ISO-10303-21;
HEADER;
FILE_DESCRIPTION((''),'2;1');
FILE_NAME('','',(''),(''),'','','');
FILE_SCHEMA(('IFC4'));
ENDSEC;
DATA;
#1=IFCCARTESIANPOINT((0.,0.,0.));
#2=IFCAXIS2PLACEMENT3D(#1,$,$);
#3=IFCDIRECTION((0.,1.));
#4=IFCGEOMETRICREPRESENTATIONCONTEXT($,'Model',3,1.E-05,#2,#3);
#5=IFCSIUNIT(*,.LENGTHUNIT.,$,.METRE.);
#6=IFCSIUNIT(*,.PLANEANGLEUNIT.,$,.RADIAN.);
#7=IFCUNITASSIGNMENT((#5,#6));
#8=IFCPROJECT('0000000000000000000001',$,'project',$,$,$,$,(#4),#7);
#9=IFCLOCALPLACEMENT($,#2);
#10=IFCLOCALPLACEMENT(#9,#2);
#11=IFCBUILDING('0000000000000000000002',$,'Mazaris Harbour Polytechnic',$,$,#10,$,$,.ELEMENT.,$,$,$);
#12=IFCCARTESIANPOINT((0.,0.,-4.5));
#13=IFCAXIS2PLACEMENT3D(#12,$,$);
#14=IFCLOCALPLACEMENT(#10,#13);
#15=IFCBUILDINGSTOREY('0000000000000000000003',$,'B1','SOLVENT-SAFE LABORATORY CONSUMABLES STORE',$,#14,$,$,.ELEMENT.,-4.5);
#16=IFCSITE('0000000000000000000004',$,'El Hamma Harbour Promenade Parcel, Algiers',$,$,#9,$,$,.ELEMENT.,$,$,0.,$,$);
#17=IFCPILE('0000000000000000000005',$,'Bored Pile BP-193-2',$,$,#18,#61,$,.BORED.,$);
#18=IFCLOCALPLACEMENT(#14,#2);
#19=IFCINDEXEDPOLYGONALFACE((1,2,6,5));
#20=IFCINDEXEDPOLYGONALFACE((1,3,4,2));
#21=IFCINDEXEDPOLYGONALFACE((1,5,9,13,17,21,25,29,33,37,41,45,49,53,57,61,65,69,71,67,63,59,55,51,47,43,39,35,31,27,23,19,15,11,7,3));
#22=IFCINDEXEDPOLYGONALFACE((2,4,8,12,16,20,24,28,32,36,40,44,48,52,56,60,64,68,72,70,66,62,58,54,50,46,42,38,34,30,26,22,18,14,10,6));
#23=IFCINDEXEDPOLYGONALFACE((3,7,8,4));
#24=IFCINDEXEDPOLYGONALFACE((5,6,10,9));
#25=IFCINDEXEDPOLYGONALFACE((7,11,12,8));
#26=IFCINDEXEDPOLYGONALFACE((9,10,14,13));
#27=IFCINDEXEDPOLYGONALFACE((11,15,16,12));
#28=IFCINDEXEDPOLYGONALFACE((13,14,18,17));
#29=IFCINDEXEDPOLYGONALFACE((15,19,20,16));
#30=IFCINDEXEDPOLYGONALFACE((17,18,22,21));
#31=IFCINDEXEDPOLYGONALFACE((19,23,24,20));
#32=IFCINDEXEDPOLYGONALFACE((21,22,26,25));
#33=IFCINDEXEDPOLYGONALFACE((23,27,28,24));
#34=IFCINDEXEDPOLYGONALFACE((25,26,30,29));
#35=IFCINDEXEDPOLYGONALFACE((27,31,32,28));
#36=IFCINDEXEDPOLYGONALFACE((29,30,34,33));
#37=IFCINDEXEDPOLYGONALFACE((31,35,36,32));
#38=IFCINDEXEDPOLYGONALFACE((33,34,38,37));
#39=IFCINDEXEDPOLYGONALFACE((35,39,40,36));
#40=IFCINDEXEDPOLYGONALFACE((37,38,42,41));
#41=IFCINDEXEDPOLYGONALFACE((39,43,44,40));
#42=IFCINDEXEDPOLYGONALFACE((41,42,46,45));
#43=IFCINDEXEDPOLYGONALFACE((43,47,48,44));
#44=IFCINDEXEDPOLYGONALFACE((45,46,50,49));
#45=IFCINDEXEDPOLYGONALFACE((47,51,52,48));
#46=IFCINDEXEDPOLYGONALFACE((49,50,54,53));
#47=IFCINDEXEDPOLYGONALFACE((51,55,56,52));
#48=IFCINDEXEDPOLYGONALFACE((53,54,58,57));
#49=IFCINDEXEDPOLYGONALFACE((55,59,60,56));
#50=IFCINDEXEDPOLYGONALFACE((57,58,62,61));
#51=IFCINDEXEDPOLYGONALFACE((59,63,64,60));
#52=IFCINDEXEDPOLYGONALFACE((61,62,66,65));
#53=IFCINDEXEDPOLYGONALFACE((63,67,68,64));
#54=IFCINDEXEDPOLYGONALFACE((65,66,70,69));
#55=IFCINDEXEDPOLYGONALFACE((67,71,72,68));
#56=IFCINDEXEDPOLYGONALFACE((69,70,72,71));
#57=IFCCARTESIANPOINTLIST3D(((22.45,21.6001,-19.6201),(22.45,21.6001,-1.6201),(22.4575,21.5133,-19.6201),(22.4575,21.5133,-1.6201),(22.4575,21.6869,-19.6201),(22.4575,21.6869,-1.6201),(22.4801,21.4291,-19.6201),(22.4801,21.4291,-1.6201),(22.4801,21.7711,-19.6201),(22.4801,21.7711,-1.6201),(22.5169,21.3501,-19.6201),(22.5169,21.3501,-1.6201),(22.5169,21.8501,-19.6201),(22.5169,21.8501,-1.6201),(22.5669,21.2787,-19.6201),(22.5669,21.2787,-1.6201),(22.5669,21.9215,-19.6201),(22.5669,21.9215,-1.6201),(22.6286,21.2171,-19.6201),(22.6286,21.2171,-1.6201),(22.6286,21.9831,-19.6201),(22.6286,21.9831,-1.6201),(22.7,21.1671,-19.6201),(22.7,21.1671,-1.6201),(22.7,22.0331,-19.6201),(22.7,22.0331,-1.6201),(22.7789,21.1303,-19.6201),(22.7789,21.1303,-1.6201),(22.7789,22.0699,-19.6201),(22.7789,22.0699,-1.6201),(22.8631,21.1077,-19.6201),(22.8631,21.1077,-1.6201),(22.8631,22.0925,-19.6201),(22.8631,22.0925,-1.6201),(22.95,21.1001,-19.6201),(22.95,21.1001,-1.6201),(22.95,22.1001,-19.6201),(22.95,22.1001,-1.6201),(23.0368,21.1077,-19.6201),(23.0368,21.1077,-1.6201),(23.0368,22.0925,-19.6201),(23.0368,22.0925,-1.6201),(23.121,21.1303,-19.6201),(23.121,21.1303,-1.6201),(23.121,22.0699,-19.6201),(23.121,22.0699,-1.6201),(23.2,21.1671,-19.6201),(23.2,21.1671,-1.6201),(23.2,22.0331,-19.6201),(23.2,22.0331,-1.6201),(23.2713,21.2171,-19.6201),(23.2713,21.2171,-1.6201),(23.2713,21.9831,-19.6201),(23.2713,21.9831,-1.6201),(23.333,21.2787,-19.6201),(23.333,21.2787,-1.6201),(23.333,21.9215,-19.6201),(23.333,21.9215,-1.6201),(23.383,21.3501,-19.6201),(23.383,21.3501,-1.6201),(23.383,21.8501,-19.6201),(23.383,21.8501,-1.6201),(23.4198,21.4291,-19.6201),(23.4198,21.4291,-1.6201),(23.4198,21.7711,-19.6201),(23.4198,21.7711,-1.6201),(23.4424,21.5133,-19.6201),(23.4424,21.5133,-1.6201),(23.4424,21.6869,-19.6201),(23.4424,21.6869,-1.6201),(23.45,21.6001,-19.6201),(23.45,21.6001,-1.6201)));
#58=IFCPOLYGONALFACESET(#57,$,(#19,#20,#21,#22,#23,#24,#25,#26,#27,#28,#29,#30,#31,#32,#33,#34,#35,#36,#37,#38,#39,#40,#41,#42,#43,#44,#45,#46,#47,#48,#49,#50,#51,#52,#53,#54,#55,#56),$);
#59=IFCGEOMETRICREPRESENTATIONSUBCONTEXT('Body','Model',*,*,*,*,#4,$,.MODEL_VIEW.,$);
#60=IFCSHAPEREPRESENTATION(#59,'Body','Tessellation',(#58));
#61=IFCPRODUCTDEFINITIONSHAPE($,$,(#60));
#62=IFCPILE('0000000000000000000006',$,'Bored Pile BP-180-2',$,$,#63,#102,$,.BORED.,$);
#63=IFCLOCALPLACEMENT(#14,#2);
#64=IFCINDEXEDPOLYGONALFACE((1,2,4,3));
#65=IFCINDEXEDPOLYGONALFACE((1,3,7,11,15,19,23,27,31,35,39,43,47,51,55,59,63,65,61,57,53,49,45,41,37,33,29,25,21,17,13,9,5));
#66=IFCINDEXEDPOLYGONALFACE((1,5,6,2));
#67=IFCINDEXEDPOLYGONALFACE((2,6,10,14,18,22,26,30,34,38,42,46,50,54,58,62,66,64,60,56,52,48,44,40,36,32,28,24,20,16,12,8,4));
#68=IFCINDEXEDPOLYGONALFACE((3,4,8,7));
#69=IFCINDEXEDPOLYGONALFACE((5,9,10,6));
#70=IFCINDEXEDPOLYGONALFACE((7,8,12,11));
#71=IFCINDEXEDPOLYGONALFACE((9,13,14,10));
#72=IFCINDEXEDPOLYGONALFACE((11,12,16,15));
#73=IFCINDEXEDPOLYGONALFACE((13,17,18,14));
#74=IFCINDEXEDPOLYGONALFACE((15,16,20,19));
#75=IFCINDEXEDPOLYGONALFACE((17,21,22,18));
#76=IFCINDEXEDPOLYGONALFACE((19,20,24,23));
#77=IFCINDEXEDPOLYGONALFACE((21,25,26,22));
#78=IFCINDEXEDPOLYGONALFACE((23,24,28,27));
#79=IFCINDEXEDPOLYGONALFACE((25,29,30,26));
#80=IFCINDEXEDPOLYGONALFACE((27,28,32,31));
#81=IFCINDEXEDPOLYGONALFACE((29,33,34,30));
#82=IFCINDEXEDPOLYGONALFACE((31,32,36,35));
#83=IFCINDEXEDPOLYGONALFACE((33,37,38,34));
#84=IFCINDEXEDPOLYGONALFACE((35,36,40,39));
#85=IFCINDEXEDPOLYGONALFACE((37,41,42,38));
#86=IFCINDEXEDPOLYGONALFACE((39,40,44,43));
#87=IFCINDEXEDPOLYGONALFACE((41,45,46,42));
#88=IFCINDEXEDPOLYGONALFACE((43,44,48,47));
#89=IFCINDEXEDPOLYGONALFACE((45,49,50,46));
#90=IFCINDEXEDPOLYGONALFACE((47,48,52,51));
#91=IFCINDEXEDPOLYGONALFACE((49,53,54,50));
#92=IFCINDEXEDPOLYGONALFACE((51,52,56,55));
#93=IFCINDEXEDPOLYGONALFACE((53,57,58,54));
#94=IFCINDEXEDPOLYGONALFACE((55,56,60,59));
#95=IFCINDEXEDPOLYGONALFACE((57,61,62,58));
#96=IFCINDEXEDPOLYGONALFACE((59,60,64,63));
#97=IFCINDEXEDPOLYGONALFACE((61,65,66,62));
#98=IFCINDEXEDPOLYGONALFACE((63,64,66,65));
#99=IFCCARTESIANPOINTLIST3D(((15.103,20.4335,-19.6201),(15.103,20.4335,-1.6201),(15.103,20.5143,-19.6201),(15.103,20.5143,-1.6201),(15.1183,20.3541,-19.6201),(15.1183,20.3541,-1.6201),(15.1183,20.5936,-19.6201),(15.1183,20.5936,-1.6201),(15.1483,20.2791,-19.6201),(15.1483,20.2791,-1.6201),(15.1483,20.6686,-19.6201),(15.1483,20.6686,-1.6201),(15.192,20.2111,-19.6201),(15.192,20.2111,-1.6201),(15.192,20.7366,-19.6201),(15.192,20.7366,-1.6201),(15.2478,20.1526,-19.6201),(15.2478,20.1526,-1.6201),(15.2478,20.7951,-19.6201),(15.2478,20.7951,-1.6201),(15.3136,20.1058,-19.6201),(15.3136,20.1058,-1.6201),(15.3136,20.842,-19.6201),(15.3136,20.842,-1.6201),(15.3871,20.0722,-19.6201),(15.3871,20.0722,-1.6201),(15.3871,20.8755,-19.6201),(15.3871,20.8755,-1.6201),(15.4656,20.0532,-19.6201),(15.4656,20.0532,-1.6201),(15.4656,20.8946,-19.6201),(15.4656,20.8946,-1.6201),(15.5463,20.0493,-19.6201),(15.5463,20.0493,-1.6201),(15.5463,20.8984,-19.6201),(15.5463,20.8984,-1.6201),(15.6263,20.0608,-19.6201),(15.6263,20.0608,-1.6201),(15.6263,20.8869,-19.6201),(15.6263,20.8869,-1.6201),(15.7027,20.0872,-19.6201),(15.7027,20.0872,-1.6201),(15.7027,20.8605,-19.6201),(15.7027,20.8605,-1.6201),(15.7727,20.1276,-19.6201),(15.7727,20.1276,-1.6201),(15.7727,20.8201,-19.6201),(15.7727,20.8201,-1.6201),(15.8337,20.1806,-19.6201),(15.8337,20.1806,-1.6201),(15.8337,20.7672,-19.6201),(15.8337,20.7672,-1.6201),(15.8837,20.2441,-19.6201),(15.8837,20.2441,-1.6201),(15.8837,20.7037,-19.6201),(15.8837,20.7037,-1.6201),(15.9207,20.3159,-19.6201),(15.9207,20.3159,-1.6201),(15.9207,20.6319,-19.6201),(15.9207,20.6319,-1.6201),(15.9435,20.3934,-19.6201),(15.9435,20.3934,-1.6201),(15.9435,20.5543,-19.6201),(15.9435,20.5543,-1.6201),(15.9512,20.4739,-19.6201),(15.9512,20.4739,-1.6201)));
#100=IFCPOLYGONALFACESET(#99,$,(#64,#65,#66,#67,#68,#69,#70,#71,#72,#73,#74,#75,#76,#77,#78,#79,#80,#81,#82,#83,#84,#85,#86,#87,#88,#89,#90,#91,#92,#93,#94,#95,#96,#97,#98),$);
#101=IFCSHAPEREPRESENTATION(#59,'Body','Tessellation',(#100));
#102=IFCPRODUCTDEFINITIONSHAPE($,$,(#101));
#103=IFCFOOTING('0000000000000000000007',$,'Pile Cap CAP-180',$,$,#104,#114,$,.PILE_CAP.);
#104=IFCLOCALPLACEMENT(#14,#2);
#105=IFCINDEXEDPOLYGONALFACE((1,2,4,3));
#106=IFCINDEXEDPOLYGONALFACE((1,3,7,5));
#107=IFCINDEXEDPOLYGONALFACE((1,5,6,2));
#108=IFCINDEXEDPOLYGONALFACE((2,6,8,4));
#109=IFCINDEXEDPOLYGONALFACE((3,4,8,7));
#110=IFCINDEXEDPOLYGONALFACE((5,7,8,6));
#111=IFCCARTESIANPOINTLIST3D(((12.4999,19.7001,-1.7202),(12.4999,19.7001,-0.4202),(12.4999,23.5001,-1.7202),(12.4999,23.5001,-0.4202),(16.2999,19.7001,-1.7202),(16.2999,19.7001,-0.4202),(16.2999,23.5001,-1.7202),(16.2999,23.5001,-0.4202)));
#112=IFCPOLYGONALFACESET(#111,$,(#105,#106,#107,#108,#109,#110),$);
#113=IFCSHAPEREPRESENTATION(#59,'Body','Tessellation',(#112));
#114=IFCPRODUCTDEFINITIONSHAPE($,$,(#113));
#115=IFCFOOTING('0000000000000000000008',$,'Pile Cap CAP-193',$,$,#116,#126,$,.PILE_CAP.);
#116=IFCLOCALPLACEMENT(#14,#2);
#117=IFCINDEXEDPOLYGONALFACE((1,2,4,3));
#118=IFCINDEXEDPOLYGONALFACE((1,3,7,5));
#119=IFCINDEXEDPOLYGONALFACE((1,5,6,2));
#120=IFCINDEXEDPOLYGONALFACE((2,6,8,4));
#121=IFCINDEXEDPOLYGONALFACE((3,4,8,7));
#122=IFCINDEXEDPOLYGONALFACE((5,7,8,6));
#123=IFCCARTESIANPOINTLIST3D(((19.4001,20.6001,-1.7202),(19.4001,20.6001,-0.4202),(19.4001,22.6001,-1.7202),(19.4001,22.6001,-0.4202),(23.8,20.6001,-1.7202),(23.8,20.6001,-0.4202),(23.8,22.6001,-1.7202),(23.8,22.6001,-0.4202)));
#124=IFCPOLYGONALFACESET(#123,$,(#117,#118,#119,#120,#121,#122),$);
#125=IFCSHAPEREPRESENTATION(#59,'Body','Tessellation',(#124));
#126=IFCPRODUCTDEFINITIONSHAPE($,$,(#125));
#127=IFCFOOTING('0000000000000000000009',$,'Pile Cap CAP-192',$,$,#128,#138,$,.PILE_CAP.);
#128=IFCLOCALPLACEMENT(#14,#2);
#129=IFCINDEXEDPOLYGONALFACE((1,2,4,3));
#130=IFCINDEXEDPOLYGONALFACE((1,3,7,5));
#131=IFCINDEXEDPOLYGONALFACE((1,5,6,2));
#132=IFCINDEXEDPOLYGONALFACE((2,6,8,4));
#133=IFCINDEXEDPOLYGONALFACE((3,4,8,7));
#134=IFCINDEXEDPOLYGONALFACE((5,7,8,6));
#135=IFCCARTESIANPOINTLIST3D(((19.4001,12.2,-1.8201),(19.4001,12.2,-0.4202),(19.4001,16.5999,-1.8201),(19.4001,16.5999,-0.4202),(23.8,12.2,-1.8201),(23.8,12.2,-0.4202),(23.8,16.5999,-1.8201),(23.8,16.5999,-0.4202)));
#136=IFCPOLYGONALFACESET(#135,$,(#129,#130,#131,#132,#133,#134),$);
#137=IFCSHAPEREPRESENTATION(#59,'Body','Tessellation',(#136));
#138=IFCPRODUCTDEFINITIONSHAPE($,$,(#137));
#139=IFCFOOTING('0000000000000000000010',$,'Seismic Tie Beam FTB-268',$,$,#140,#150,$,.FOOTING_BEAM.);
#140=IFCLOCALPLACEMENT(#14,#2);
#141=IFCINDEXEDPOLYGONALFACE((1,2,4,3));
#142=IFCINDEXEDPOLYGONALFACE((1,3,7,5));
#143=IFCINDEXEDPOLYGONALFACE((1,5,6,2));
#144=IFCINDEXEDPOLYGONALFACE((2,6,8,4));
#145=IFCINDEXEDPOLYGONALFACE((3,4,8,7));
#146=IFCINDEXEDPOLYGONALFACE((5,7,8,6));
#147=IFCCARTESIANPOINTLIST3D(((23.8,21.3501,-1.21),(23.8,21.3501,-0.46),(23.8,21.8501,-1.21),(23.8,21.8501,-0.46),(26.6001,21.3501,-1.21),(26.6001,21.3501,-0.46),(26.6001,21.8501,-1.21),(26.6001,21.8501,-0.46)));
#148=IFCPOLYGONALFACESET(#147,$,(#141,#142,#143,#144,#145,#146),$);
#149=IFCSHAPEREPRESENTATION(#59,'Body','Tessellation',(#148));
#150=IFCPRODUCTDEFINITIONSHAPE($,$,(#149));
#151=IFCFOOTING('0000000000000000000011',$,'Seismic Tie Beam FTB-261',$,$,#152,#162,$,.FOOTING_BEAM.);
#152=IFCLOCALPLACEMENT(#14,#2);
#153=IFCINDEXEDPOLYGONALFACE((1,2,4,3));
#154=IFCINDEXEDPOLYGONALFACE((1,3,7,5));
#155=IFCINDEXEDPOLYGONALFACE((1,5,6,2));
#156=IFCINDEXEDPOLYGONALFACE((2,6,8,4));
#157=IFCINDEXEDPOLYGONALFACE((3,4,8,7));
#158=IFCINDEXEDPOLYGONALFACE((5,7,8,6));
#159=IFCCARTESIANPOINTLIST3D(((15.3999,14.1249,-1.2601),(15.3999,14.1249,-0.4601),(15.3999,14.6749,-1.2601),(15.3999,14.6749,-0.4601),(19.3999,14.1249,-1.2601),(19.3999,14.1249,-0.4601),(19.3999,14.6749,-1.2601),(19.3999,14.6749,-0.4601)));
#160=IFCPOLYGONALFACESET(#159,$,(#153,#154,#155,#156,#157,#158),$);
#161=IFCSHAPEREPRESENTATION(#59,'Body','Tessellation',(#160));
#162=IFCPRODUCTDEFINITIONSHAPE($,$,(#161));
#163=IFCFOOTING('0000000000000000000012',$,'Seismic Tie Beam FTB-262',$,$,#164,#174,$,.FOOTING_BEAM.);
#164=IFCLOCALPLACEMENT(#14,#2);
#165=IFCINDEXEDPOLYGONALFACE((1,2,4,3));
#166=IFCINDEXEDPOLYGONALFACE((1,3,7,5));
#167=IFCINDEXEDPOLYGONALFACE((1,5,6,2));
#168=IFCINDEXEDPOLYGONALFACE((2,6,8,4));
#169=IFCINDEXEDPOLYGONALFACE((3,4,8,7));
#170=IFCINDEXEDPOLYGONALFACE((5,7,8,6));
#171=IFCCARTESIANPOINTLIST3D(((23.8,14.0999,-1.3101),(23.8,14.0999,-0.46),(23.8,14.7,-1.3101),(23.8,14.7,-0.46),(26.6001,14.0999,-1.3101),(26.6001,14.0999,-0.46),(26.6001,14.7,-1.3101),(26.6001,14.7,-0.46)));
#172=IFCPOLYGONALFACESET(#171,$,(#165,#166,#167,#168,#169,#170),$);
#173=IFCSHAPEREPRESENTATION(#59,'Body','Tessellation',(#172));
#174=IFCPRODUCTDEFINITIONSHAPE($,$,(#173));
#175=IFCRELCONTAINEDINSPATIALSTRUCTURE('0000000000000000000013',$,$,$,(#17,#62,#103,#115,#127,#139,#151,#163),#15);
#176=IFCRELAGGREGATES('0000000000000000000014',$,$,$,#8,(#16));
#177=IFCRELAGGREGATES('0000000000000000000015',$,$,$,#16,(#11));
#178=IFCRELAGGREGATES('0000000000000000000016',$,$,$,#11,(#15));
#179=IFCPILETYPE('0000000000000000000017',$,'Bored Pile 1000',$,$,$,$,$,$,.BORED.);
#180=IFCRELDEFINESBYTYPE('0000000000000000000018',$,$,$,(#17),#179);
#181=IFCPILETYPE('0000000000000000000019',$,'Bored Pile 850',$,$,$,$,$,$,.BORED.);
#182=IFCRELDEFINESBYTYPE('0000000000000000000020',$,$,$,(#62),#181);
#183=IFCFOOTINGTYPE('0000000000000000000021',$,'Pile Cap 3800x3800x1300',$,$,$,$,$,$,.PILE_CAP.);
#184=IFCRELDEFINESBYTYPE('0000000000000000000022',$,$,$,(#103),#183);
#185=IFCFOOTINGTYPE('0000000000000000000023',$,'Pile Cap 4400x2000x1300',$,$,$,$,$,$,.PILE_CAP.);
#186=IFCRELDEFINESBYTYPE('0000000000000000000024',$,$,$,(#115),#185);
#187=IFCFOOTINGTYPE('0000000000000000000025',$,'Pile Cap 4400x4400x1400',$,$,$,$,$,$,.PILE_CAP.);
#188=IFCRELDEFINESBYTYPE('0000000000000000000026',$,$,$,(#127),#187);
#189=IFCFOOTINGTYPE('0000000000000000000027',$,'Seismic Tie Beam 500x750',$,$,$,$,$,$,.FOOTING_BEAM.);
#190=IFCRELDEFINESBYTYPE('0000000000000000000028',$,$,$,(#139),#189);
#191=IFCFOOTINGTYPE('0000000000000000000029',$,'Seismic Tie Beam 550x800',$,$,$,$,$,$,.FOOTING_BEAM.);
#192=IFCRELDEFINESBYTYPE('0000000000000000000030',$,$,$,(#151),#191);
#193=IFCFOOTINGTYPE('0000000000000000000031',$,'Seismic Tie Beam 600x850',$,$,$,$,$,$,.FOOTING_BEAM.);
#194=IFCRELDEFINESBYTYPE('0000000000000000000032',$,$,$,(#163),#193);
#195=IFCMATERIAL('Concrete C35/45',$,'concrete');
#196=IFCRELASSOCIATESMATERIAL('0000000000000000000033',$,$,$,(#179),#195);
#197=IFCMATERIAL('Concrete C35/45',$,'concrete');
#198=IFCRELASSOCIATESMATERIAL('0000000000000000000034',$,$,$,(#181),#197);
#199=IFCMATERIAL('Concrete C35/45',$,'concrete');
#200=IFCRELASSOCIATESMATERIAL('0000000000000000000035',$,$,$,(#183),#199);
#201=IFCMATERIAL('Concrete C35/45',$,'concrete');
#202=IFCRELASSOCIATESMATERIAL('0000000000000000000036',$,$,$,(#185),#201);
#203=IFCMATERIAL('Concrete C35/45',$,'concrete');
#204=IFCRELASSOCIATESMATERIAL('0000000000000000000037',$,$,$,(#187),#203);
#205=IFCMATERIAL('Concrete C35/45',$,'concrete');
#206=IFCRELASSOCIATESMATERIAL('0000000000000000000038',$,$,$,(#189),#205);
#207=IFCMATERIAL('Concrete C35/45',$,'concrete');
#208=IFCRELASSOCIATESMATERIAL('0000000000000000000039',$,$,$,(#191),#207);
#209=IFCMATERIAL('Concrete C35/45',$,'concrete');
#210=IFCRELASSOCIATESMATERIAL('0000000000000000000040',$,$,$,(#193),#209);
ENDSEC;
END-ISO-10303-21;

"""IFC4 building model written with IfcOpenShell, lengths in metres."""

from ifc_helpers import new_model, si_unit, direction, frame, origin, origin_2d, place, context, subcontext, project, spatial, rectangle, circle, extrude, material, material_profile, profile_set, type_object, element, save


model = new_model("IFC4")

# Units and contexts
model_context = context("Model", 3, precision=1e-05, world=origin(), true_north=direction((0.0, 1.0)))
body_context = subcontext(model_context, "Body", "Model", "MODEL_VIEW")
ifc_project = project(units=[si_unit("LENGTHUNIT", "METRE"), si_unit("PLANEANGLEUNIT", "RADIAN")], contexts=[model_context])

# Site, building, storey
site_placement = place(None, origin())
site = spatial("IfcSite", under=ifc_project, at=site_placement, Name="El Hamma Harbour Promenade Parcel, Algiers", CompositionType="ELEMENT", RefElevation=0.0)
building_placement = place(site_placement, origin())
building = spatial("IfcBuilding", under=site, at=building_placement, Name="Mazaris Harbour Polytechnic", CompositionType="ELEMENT")
storey_placement = place(building_placement, frame((0.0, 0.0, -4.5)))
storey = spatial("IfcBuildingStorey", under=building, at=storey_placement, Name="B1", Description="SOLVENT-SAFE LABORATORY CONSUMABLES STORE", CompositionType="ELEMENT", Elevation=-4.5)

# Piles
ifc_material_1 = material(Name="Concrete C35/45", Category="concrete")
ifc_material_profile_1 = material_profile(ifc_material_1, circle(Radius=0.5, at=origin_2d()), Name="DIA1000")
ifc_profile_set_1 = profile_set([ifc_material_profile_1], Name="Concrete C35/45")
pile_type_1 = type_object("IfcPileType", Name="Bored Pile 1000", PredefinedType="BORED", material=ifc_profile_set_1)
for number, where, z_axis, x_axis, name in (
    (1, (22.95, 21.6001, -1.6201), (0.0, 0.0, -1.0), (1.0, 0.0, 0.0), "Bored Pile BP-193-2"),
):
    element("IfcPile", number, at=place(storey_placement, frame(where, z_axis=z_axis, x_axis=x_axis)), inside=storey, type_object=pile_type_1, Name=name, PredefinedType="BORED", context=body_context, shape_type="SweptSolid", body=[
        extrude(circle(Radius=0.5, at=origin_2d()), origin(), (0.0, 0.0, 1.0), 18.0),
    ])
ifc_material_2 = material(Name="Concrete C35/45", Category="concrete")
ifc_material_profile_2 = material_profile(ifc_material_2, circle(Radius=0.425, at=origin_2d()), Name="DIA850")
ifc_profile_set_2 = profile_set([ifc_material_profile_2], Name="Concrete C35/45")
pile_type_2 = type_object("IfcPileType", Name="Bored Pile 850", PredefinedType="BORED", material=ifc_profile_set_2)
pile_placement = place(storey_placement, frame((15.5261, 20.4739, -1.6201), z_axis=(0.0, 0.0, -1.0), x_axis=(1.0, 0.0, 0.0)))
element("IfcPile", 2, at=pile_placement, inside=storey, type_object=pile_type_2, Name="Bored Pile BP-180-2", PredefinedType="BORED", context=body_context, shape_type="SweptSolid", body=[
    extrude(circle(Radius=0.425, at=origin_2d()), origin(), (0.0, 0.0, 1.0), 18.0),
])

# Footings
ifc_material_3 = material(Name="Concrete C35/45", Category="concrete")
footing_type_1 = type_object("IfcFootingType", Name="Pile Cap 3800x3800x1300", PredefinedType="PILE_CAP", material=ifc_material_3)
footing_1_placement = place(storey_placement, frame((14.3999, 21.6001, -1.7202), z_axis=(0.0, 0.0, 1.0), x_axis=(1.0, 0.0, 0.0)))
element("IfcFooting", 3, at=footing_1_placement, inside=storey, type_object=footing_type_1, Name="Pile Cap CAP-180", PredefinedType="PILE_CAP", context=body_context, shape_type="SweptSolid", body=[
    extrude(rectangle(XDim=3.8, YDim=3.8, at=origin_2d()), origin(), (0.0, 0.0, 1.0), 1.3),
])
ifc_material_4 = material(Name="Concrete C35/45", Category="concrete")
footing_type_2 = type_object("IfcFootingType", Name="Pile Cap 4400x2000x1300", PredefinedType="PILE_CAP", material=ifc_material_4)
footing_2_placement = place(storey_placement, frame((21.6001, 21.6001, -1.7202), z_axis=(0.0, 0.0, 1.0), x_axis=(1.0, 0.0, 0.0)))
element("IfcFooting", 4, at=footing_2_placement, inside=storey, type_object=footing_type_2, Name="Pile Cap CAP-193", PredefinedType="PILE_CAP", context=body_context, shape_type="SweptSolid", body=[
    extrude(rectangle(XDim=4.3999, YDim=2.0, at=origin_2d()), origin(), (0.0, 0.0, 1.0), 1.3),
])
ifc_material_5 = material(Name="Concrete C35/45", Category="concrete")
footing_type_3 = type_object("IfcFootingType", Name="Pile Cap 4400x4400x1400", PredefinedType="PILE_CAP", material=ifc_material_5)
footing_3_placement = place(storey_placement, frame((21.6001, 14.3999, -1.8201), z_axis=(0.0, 0.0, 1.0), x_axis=(1.0, 0.0, 0.0)))
element("IfcFooting", 5, at=footing_3_placement, inside=storey, type_object=footing_type_3, Name="Pile Cap CAP-192", PredefinedType="PILE_CAP", context=body_context, shape_type="SweptSolid", body=[
    extrude(rectangle(XDim=4.3999, YDim=4.3999, at=origin_2d()), origin(), (0.0, 0.0, 1.0), 1.3999),
])
ifc_material_6 = material(Name="Concrete C35/45", Category="concrete")
ifc_material_profile_3 = material_profile(ifc_material_6, rectangle(XDim=0.5, YDim=0.75, at=origin_2d()), Name="RECT500x750")
ifc_profile_set_3 = profile_set([ifc_material_profile_3], Name="Concrete C35/45")
footing_type_4 = type_object("IfcFootingType", Name="Seismic Tie Beam 500x750", PredefinedType="FOOTING_BEAM", material=ifc_profile_set_3)
footing_4_placement = place(storey_placement, frame((23.8, 21.6001, -0.835), z_axis=(1.0, 0.0, 0.0), x_axis=(0.0, 1.0, 0.0)))
element("IfcFooting", 6, at=footing_4_placement, inside=storey, type_object=footing_type_4, Name="Seismic Tie Beam FTB-268", PredefinedType="FOOTING_BEAM", context=body_context, shape_type="SweptSolid", body=[
    extrude(rectangle(XDim=0.5, YDim=0.75, at=origin_2d()), origin(), (0.0, 0.0, 1.0), 2.8),
])
ifc_material_7 = material(Name="Concrete C35/45", Category="concrete")
ifc_material_profile_4 = material_profile(ifc_material_7, rectangle(XDim=0.55, YDim=0.8, at=origin_2d()), Name="RECT550x800")
ifc_profile_set_4 = profile_set([ifc_material_profile_4], Name="Concrete C35/45")
footing_type_5 = type_object("IfcFootingType", Name="Seismic Tie Beam 550x800", PredefinedType="FOOTING_BEAM", material=ifc_profile_set_4)
footing_5_placement = place(storey_placement, frame((15.3999, 14.3999, -0.8601), z_axis=(1.0, 0.0, 0.0), x_axis=(0.0, 1.0, 0.0)))
element("IfcFooting", 7, at=footing_5_placement, inside=storey, type_object=footing_type_5, Name="Seismic Tie Beam FTB-261", PredefinedType="FOOTING_BEAM", context=body_context, shape_type="SweptSolid", body=[
    extrude(rectangle(XDim=0.55, YDim=0.8, at=origin_2d()), origin(), (0.0, 0.0, 1.0), 4.0),
])
ifc_material_8 = material(Name="Concrete C35/45", Category="concrete")
ifc_material_profile_5 = material_profile(ifc_material_8, rectangle(XDim=0.6001, YDim=0.8501, at=origin_2d()), Name="RECT600x850")
ifc_profile_set_5 = profile_set([ifc_material_profile_5], Name="Concrete C35/45")
footing_type_6 = type_object("IfcFootingType", Name="Seismic Tie Beam 600x850", PredefinedType="FOOTING_BEAM", material=ifc_profile_set_5)
footing_6_placement = place(storey_placement, frame((23.8, 14.3999, -0.885), z_axis=(1.0, 0.0, 0.0), x_axis=(0.0, 1.0, 0.0)))
element("IfcFooting", 8, at=footing_6_placement, inside=storey, type_object=footing_type_6, Name="Seismic Tie Beam FTB-262", PredefinedType="FOOTING_BEAM", context=body_context, shape_type="SweptSolid", body=[
    extrude(rectangle(XDim=0.6001, YDim=0.8501, at=origin_2d()), origin(), (0.0, 0.0, 1.0), 2.8),
])

save(model, "model.ifc")
